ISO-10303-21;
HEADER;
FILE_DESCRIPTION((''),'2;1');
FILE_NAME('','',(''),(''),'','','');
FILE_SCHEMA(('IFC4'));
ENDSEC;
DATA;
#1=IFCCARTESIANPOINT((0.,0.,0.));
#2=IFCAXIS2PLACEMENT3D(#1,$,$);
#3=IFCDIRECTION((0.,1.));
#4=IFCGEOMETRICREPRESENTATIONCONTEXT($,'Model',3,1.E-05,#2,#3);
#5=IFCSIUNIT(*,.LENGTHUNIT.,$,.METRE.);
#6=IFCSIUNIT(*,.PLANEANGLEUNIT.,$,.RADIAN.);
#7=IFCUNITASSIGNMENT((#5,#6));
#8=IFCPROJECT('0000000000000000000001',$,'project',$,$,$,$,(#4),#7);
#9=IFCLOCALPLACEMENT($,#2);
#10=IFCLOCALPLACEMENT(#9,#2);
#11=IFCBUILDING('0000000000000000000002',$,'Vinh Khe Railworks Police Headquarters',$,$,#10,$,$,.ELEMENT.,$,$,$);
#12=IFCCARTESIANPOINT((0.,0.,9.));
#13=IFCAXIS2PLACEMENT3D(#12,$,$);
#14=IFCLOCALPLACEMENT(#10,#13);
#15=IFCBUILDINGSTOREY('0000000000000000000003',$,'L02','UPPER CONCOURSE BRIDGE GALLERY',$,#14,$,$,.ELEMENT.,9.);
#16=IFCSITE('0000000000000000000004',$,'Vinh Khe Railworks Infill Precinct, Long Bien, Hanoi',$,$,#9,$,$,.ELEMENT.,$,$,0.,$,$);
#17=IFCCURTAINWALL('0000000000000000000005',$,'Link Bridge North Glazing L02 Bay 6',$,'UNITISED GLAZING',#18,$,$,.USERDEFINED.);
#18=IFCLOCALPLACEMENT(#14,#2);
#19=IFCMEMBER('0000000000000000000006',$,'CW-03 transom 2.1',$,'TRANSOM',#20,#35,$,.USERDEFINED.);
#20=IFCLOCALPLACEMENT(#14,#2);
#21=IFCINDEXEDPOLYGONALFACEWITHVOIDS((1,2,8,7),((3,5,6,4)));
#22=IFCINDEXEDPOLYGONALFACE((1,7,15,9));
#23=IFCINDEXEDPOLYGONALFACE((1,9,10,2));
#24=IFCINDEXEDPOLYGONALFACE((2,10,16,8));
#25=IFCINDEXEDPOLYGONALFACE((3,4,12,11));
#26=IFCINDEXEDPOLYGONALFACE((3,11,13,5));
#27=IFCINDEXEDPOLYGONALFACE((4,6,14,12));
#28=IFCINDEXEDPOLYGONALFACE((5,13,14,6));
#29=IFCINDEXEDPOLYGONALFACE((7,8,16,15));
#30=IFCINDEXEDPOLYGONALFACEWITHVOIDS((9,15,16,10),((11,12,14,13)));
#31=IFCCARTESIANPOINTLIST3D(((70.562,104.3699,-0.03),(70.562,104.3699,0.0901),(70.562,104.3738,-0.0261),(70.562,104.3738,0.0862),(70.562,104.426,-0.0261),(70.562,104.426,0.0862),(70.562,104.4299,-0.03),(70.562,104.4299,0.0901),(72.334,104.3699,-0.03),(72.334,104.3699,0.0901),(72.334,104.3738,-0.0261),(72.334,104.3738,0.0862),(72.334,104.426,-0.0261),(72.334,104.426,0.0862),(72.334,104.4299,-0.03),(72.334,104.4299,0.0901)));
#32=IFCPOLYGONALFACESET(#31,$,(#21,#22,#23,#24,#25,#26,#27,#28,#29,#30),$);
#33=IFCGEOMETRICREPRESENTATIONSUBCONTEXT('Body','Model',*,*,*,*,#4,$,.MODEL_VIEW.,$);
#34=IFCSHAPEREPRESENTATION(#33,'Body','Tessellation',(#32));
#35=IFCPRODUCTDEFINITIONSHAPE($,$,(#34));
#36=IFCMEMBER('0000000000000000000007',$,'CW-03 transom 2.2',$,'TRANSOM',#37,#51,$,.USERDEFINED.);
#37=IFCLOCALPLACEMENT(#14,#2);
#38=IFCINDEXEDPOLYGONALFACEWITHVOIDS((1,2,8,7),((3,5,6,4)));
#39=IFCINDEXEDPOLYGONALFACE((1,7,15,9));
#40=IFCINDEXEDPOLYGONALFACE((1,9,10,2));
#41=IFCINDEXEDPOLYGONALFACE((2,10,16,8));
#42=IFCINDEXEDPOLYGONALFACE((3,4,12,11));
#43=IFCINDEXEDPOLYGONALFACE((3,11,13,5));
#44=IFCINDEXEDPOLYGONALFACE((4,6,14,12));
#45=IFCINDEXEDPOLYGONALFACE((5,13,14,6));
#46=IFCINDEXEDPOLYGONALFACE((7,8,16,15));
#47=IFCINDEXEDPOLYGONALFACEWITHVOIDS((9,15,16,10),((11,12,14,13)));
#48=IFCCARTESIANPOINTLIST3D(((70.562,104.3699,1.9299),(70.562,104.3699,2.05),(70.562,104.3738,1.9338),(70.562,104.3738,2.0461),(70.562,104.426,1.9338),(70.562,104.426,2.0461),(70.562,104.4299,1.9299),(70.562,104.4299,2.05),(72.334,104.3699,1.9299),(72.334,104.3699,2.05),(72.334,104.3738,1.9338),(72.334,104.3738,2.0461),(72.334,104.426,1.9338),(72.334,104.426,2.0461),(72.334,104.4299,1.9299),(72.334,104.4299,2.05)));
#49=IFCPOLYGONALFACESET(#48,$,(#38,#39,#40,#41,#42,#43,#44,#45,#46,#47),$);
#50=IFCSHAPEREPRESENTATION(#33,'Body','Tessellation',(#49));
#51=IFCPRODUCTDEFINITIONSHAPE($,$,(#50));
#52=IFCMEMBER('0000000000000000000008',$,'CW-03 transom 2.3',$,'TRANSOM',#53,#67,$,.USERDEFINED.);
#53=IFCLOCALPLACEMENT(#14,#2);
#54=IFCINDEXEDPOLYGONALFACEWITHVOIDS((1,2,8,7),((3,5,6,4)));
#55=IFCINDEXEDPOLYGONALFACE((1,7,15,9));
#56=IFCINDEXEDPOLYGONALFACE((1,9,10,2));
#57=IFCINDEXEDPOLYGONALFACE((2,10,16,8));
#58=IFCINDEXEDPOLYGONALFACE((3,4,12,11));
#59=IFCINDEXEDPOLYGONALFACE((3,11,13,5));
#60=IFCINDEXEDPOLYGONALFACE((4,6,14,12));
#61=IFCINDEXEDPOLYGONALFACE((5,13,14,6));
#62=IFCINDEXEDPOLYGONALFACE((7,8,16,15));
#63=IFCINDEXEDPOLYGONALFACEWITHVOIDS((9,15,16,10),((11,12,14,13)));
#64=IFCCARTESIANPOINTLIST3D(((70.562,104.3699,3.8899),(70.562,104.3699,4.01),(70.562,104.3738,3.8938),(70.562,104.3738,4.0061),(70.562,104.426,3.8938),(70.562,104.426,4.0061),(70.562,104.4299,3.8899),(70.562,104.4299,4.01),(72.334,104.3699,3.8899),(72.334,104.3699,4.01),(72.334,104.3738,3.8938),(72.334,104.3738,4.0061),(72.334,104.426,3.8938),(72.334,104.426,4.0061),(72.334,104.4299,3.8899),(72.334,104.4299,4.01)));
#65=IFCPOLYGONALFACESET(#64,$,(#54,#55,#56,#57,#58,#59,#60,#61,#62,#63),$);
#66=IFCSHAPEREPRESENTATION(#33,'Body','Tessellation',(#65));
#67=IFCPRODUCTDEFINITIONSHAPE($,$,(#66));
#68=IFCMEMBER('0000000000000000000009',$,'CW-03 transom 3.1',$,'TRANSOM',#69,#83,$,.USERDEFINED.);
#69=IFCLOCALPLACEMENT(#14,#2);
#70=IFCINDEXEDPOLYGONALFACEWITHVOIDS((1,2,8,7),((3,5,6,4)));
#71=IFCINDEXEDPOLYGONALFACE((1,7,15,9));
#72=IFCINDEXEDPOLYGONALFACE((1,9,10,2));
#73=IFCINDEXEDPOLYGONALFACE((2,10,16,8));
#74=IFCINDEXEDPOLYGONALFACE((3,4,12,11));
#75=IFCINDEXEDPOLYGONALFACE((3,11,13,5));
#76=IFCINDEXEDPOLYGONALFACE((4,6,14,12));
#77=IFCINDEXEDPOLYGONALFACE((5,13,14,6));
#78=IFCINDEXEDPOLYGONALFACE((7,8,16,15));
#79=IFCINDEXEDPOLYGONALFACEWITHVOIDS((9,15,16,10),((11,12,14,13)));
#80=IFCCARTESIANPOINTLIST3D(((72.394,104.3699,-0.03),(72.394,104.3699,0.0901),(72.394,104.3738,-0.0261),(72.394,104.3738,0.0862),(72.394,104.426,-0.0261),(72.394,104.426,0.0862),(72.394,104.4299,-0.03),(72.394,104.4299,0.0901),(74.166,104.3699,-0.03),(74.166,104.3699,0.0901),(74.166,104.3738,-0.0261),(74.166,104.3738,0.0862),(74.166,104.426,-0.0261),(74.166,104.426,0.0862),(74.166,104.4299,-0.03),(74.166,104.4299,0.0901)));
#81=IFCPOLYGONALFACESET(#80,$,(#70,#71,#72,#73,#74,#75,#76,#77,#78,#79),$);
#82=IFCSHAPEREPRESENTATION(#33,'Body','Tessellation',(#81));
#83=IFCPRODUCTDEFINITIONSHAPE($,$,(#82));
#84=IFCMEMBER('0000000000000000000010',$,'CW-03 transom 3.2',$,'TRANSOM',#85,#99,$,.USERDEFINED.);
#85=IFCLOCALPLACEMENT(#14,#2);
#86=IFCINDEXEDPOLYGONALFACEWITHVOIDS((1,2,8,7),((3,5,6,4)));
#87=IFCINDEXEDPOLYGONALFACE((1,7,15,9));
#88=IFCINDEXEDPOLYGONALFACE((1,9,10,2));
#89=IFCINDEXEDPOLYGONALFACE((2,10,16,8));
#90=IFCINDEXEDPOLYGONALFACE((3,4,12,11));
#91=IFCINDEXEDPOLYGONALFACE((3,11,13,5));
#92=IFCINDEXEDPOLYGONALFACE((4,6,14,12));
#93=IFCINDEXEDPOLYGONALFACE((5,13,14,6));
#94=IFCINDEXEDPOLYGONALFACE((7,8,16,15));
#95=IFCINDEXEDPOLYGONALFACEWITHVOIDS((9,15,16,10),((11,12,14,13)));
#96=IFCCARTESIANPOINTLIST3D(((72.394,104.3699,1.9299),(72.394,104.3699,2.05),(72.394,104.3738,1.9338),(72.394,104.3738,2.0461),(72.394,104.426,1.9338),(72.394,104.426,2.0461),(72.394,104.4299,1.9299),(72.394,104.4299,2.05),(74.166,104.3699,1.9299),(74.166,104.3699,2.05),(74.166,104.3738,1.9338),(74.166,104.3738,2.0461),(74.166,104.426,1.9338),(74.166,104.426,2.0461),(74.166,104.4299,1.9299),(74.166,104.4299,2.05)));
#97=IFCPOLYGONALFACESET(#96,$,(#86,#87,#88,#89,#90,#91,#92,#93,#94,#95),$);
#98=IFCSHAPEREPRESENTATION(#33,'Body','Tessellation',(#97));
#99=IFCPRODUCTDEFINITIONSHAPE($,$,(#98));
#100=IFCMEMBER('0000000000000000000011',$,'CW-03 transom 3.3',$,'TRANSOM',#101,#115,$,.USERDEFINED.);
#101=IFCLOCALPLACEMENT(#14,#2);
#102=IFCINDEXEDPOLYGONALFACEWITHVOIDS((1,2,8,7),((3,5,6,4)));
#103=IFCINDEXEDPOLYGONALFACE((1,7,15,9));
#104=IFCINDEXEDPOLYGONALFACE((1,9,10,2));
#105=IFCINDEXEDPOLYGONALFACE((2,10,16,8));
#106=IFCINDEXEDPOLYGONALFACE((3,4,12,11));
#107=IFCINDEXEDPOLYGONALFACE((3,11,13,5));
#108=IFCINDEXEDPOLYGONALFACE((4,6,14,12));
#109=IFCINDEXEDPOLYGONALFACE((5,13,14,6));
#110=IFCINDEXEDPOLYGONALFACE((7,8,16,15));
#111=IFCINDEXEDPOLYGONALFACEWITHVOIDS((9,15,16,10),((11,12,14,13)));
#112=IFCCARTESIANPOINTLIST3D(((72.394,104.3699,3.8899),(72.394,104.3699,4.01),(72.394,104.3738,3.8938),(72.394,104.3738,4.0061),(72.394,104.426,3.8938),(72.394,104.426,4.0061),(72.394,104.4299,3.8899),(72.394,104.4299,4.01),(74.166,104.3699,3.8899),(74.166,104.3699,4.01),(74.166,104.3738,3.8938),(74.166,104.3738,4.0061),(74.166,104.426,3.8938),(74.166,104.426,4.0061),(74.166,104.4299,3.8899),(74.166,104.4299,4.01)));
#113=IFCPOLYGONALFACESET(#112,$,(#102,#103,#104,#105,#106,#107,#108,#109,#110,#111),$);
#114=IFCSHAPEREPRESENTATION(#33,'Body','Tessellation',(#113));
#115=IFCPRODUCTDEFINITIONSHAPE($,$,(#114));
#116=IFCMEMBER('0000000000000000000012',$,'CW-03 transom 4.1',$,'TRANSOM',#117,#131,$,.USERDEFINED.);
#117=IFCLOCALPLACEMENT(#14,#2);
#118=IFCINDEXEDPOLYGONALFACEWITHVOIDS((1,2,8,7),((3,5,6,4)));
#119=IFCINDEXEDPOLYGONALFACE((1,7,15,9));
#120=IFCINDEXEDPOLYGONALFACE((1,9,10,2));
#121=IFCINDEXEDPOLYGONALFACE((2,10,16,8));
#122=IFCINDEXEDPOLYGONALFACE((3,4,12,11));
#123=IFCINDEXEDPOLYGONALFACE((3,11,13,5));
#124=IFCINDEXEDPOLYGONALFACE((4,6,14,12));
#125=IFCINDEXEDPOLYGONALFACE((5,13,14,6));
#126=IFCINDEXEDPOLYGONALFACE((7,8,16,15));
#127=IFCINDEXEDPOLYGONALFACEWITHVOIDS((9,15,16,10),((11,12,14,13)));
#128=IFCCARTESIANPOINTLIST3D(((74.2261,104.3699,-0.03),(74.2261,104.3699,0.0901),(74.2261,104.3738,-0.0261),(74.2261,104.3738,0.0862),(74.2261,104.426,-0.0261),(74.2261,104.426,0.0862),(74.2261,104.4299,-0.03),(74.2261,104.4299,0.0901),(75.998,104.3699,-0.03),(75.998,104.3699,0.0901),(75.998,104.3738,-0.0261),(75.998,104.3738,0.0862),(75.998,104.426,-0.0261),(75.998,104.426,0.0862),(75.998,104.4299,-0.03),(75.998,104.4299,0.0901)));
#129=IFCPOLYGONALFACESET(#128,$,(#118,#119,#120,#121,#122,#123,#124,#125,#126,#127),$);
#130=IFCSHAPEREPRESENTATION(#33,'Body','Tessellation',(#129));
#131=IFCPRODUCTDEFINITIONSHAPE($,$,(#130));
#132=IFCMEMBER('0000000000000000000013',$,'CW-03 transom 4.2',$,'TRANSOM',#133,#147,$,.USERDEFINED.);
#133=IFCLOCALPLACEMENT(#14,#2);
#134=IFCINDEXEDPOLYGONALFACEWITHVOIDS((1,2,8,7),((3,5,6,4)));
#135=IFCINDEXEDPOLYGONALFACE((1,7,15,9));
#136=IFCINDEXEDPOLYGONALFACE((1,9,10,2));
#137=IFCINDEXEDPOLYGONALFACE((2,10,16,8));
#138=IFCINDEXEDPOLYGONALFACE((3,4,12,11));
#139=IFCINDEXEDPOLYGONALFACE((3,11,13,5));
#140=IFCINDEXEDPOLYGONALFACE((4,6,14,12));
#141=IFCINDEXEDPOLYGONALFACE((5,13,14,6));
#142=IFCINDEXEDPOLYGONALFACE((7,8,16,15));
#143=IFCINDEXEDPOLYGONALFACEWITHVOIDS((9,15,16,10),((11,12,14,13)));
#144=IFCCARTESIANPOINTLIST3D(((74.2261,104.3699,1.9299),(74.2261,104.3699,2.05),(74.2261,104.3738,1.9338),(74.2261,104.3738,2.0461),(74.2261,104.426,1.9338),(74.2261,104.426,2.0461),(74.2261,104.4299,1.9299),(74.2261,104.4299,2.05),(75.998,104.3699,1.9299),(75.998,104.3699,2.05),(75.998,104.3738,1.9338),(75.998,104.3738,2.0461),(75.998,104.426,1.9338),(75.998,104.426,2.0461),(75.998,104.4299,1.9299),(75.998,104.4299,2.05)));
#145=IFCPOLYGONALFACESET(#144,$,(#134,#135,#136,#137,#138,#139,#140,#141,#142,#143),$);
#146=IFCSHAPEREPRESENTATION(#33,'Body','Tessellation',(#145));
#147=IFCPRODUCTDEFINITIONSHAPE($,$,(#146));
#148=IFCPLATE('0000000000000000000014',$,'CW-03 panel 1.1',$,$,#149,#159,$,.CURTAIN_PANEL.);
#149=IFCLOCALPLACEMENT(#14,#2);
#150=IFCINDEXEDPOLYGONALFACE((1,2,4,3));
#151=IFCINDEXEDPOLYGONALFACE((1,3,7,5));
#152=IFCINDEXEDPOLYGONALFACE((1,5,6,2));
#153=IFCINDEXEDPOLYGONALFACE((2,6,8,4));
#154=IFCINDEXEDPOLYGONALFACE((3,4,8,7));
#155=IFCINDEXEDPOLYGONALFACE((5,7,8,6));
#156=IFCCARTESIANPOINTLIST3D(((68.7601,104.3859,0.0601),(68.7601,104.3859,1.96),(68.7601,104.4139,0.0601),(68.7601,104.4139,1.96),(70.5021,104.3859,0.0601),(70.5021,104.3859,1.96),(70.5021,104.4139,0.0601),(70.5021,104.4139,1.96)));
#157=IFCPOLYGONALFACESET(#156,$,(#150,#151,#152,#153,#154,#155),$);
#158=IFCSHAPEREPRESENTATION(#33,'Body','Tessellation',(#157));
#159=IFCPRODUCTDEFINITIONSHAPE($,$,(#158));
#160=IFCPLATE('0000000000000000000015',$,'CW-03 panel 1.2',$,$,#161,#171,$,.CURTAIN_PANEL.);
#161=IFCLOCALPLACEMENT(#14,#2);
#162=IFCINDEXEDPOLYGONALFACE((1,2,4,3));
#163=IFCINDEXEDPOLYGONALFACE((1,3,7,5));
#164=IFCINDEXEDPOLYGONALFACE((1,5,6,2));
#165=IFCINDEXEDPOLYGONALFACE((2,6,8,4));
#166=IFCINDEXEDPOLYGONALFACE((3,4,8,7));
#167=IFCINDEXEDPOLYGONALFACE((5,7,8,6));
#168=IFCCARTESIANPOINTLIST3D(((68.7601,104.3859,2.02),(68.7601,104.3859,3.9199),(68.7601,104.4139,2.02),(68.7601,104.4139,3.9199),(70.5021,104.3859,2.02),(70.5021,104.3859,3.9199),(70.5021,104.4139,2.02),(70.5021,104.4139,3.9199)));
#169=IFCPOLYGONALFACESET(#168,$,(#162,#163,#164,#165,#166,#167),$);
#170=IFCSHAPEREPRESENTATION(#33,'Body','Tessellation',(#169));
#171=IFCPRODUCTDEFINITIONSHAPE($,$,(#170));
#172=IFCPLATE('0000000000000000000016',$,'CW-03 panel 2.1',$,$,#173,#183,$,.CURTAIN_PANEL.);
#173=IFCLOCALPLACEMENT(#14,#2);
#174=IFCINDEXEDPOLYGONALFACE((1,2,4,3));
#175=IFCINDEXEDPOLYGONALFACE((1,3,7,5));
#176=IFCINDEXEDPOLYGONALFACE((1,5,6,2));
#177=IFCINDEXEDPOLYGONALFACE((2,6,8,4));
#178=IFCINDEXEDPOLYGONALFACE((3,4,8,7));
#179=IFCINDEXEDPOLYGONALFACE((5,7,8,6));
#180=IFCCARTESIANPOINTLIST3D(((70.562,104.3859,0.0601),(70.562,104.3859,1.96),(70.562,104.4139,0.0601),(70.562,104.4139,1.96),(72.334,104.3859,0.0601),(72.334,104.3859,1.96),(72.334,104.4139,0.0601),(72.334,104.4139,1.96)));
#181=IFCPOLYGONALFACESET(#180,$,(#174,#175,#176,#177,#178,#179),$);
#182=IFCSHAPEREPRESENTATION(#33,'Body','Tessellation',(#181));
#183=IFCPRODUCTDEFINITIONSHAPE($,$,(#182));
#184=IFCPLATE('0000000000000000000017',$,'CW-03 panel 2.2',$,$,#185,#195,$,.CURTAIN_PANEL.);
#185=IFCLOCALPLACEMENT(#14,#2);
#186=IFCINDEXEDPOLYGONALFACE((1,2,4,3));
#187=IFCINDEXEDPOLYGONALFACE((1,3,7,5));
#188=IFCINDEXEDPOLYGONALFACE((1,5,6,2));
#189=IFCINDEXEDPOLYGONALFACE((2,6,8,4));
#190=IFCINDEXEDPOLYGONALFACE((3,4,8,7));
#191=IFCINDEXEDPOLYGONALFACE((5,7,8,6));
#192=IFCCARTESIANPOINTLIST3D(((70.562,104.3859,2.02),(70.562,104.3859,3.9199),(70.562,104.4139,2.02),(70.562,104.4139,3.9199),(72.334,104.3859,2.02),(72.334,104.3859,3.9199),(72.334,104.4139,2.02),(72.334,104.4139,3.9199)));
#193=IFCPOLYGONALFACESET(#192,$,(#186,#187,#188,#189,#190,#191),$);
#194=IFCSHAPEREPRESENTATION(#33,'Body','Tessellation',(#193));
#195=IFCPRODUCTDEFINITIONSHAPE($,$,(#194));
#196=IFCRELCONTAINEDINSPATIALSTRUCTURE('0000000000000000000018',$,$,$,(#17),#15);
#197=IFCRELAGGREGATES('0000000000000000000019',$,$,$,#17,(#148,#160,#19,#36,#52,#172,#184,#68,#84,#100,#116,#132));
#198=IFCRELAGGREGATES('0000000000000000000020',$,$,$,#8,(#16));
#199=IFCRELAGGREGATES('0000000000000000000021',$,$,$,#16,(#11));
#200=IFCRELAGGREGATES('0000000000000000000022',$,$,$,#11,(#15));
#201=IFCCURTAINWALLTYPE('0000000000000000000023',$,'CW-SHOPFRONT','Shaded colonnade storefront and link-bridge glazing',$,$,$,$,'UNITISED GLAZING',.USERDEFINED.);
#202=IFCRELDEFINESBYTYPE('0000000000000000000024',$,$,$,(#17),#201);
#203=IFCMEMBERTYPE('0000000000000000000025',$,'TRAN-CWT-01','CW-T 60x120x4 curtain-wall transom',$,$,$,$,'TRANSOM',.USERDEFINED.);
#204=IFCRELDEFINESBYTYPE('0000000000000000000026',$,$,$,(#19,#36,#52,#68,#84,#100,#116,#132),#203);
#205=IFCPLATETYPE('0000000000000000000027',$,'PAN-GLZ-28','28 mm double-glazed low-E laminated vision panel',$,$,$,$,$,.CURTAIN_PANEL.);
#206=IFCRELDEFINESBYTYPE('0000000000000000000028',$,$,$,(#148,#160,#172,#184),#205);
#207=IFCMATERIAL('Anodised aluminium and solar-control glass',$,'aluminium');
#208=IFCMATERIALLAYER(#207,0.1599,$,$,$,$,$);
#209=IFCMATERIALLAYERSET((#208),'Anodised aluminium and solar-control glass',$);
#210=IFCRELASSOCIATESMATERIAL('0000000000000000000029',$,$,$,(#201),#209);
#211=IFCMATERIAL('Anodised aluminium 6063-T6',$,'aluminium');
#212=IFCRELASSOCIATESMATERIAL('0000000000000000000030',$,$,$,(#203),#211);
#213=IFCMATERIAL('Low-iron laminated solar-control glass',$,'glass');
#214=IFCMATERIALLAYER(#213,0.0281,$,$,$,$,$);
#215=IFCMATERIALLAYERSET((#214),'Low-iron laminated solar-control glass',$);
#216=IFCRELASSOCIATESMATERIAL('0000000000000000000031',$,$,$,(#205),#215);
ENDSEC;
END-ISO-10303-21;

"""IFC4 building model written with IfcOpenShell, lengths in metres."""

from ifc_helpers import new_model, si_unit, direction, frame, origin, origin_2d, place, context, subcontext, project, spatial, rectangle, hollow_rectangle, extrude, material, layer, layer_set, material_profile, profile_set, type_object, element, aggregate, save


model = new_model("IFC4")

# Units and contexts
model_context = context("Model", 3, precision=1e-05, world=origin(), true_north=direction((0.0, 1.0)))
body_context = subcontext(model_context, "Body", "Model", "MODEL_VIEW")
ifc_project = project(units=[si_unit("LENGTHUNIT", "METRE"), si_unit("PLANEANGLEUNIT", "RADIAN")], contexts=[model_context])

# Site, building, storey
site_placement = place(None, origin())
site = spatial("IfcSite", under=ifc_project, at=site_placement, Name="Vinh Khe Railworks Infill Precinct, Long Bien, Hanoi", CompositionType="ELEMENT", RefElevation=0.0)
building_placement = place(site_placement, origin())
building = spatial("IfcBuilding", under=site, at=building_placement, Name="Vinh Khe Railworks Police Headquarters", CompositionType="ELEMENT")
storey_placement = place(building_placement, frame((0.0, 0.0, 9.0)))
storey = spatial("IfcBuildingStorey", under=building, at=storey_placement, Name="L02", Description="UPPER CONCOURSE BRIDGE GALLERY", CompositionType="ELEMENT", Elevation=9.0)

# Curtain wall
ifc_material_1 = material(Name="Anodised aluminium and solar-control glass", Category="aluminium")
ifc_layer_1 = layer(ifc_material_1, 0.1599)
ifc_layer_set_1 = layer_set([ifc_layer_1], Name="Anodised aluminium and solar-control glass")
curtain_wall_type = type_object("IfcCurtainWallType", Name="CW-SHOPFRONT", Description="Shaded colonnade storefront and link-bridge glazing", ElementType="UNITISED GLAZING", PredefinedType="USERDEFINED", material=ifc_layer_set_1)
curtain_wall_placement = place(storey_placement, origin())
curtain_wall = element("IfcCurtainWall", 1, at=curtain_wall_placement, inside=storey, type_object=curtain_wall_type, Name="Link Bridge North Glazing L02 Bay 6", ObjectType="UNITISED GLAZING", PredefinedType="USERDEFINED")
ifc_material_2 = material(Name="Anodised aluminium 6063-T6", Category="aluminium")

# Members
ifc_material_profile_1 = material_profile(ifc_material_2, hollow_rectangle(XDim=0.0601, YDim=0.1201, WallThickness=0.0039, at=origin_2d()), Name="CW-T 60x120x4")
ifc_profile_set_1 = profile_set([ifc_material_profile_1], Name="Anodised aluminium 6063-T6")
member_type_1 = type_object("IfcMemberType", Name="TRAN-CWT-01", Description="CW-T 60x120x4 curtain-wall transom", ElementType="TRANSOM", PredefinedType="USERDEFINED", material=ifc_profile_set_1)
member_1_placement = place(storey_placement, frame((70.562, 104.3999, 0.03), z_axis=(1.0, 0.0, 0.0), x_axis=(0.0, 1.0, 0.0)))
member_1 = element("IfcMember", 2, at=member_1_placement, type_object=member_type_1, Name="CW-03 transom 2.1", ObjectType="TRANSOM", PredefinedType="USERDEFINED", context=body_context, shape_type="SweptSolid", body=[
    extrude(hollow_rectangle(XDim=0.0601, YDim=0.1201, WallThickness=0.0039, at=origin_2d()), origin(), (0.0, 0.0, 1.0), 1.772),
])
member_2_placement = place(storey_placement, frame((70.562, 104.3999, 1.99), z_axis=(1.0, 0.0, 0.0), x_axis=(0.0, 1.0, 0.0)))
member_2 = element("IfcMember", 3, at=member_2_placement, type_object=member_type_1, Name="CW-03 transom 2.2", ObjectType="TRANSOM", PredefinedType="USERDEFINED", context=body_context, shape_type="SweptSolid", body=[
    extrude(hollow_rectangle(XDim=0.0601, YDim=0.1201, WallThickness=0.0039, at=origin_2d()), origin(), (0.0, 0.0, 1.0), 1.772),
])
member_3_placement = place(storey_placement, frame((70.562, 104.3999, 3.95), z_axis=(1.0, 0.0, 0.0), x_axis=(0.0, 1.0, 0.0)))
member_3 = element("IfcMember", 4, at=member_3_placement, type_object=member_type_1, Name="CW-03 transom 2.3", ObjectType="TRANSOM", PredefinedType="USERDEFINED", context=body_context, shape_type="SweptSolid", body=[
    extrude(hollow_rectangle(XDim=0.0601, YDim=0.1201, WallThickness=0.0039, at=origin_2d()), origin(), (0.0, 0.0, 1.0), 1.772),
])
member_4_placement = place(storey_placement, frame((72.394, 104.3999, 0.03), z_axis=(1.0, 0.0, 0.0), x_axis=(0.0, 1.0, 0.0)))
member_4 = element("IfcMember", 5, at=member_4_placement, type_object=member_type_1, Name="CW-03 transom 3.1", ObjectType="TRANSOM", PredefinedType="USERDEFINED", context=body_context, shape_type="SweptSolid", body=[
    extrude(hollow_rectangle(XDim=0.0601, YDim=0.1201, WallThickness=0.0039, at=origin_2d()), origin(), (0.0, 0.0, 1.0), 1.772),
])
member_5_placement = place(storey_placement, frame((72.394, 104.3999, 1.99), z_axis=(1.0, 0.0, 0.0), x_axis=(0.0, 1.0, 0.0)))
member_5 = element("IfcMember", 6, at=member_5_placement, type_object=member_type_1, Name="CW-03 transom 3.2", ObjectType="TRANSOM", PredefinedType="USERDEFINED", context=body_context, shape_type="SweptSolid", body=[
    extrude(hollow_rectangle(XDim=0.0601, YDim=0.1201, WallThickness=0.0039, at=origin_2d()), origin(), (0.0, 0.0, 1.0), 1.772),
])
member_6_placement = place(storey_placement, frame((72.394, 104.3999, 3.95), z_axis=(1.0, 0.0, 0.0), x_axis=(0.0, 1.0, 0.0)))
member_6 = element("IfcMember", 7, at=member_6_placement, type_object=member_type_1, Name="CW-03 transom 3.3", ObjectType="TRANSOM", PredefinedType="USERDEFINED", context=body_context, shape_type="SweptSolid", body=[
    extrude(hollow_rectangle(XDim=0.0601, YDim=0.1201, WallThickness=0.0039, at=origin_2d()), origin(), (0.0, 0.0, 1.0), 1.772),
])
member_7_placement = place(storey_placement, frame((74.2261, 104.3999, 0.03), z_axis=(1.0, 0.0, 0.0), x_axis=(0.0, 1.0, 0.0)))
member_7 = element("IfcMember", 8, at=member_7_placement, type_object=member_type_1, Name="CW-03 transom 4.1", ObjectType="TRANSOM", PredefinedType="USERDEFINED", context=body_context, shape_type="SweptSolid", body=[
    extrude(hollow_rectangle(XDim=0.0601, YDim=0.1201, WallThickness=0.0039, at=origin_2d()), origin(), (0.0, 0.0, 1.0), 1.772),
])
member_8_placement = place(storey_placement, frame((74.2261, 104.3999, 1.99), z_axis=(1.0, 0.0, 0.0), x_axis=(0.0, 1.0, 0.0)))
member_8 = element("IfcMember", 9, at=member_8_placement, type_object=member_type_1, Name="CW-03 transom 4.2", ObjectType="TRANSOM", PredefinedType="USERDEFINED", context=body_context, shape_type="SweptSolid", body=[
    extrude(hollow_rectangle(XDim=0.0601, YDim=0.1201, WallThickness=0.0039, at=origin_2d()), origin(), (0.0, 0.0, 1.0), 1.772),
])

# Plates
ifc_material_3 = material(Name="Low-iron laminated solar-control glass", Category="glass")
ifc_layer_2 = layer(ifc_material_3, 0.0281)
ifc_layer_set_2 = layer_set([ifc_layer_2], Name="Low-iron laminated solar-control glass")
plate_type = type_object("IfcPlateType", Name="PAN-GLZ-28", Description="28 mm double-glazed low-E laminated vision panel", PredefinedType="CURTAIN_PANEL", material=ifc_layer_set_2)
plate_1_placement = place(storey_placement, frame((69.6311, 104.3999, 0.0601), z_axis=(0.0, 0.0, 1.0), x_axis=(1.0, 0.0, 0.0)))
plate_1 = element("IfcPlate", 10, at=plate_1_placement, type_object=plate_type, Name="CW-03 panel 1.1", PredefinedType="CURTAIN_PANEL", context=body_context, shape_type="SweptSolid", body=[
    extrude(rectangle(XDim=1.7419, YDim=0.0281, at=origin_2d()), origin(), (0.0, 0.0, 1.0), 1.8999),
])
plate_2_placement = place(storey_placement, frame((69.6311, 104.3999, 2.02), z_axis=(0.0, 0.0, 1.0), x_axis=(1.0, 0.0, 0.0)))
plate_2 = element("IfcPlate", 11, at=plate_2_placement, type_object=plate_type, Name="CW-03 panel 1.2", PredefinedType="CURTAIN_PANEL", context=body_context, shape_type="SweptSolid", body=[
    extrude(rectangle(XDim=1.7419, YDim=0.0281, at=origin_2d()), origin(), (0.0, 0.0, 1.0), 1.8999),
])
plate_3_placement = place(storey_placement, frame((71.448, 104.3999, 0.0601), z_axis=(0.0, 0.0, 1.0), x_axis=(1.0, 0.0, 0.0)))
plate_3 = element("IfcPlate", 12, at=plate_3_placement, type_object=plate_type, Name="CW-03 panel 2.1", PredefinedType="CURTAIN_PANEL", context=body_context, shape_type="SweptSolid", body=[
    extrude(rectangle(XDim=1.772, YDim=0.0281, at=origin_2d()), origin(), (0.0, 0.0, 1.0), 1.8999),
])
plate_4_placement = place(storey_placement, frame((71.448, 104.3999, 2.02), z_axis=(0.0, 0.0, 1.0), x_axis=(1.0, 0.0, 0.0)))
plate_4 = element("IfcPlate", 13, at=plate_4_placement, type_object=plate_type, Name="CW-03 panel 2.2", PredefinedType="CURTAIN_PANEL", context=body_context, shape_type="SweptSolid", body=[
    extrude(rectangle(XDim=1.772, YDim=0.0281, at=origin_2d()), origin(), (0.0, 0.0, 1.0), 1.8999),
])
aggregate(curtain_wall, [plate_1, plate_2, member_1, member_2, member_3, plate_3, plate_4, member_4, member_5, member_6, member_7, member_8])

save(model, "model.ifc")
